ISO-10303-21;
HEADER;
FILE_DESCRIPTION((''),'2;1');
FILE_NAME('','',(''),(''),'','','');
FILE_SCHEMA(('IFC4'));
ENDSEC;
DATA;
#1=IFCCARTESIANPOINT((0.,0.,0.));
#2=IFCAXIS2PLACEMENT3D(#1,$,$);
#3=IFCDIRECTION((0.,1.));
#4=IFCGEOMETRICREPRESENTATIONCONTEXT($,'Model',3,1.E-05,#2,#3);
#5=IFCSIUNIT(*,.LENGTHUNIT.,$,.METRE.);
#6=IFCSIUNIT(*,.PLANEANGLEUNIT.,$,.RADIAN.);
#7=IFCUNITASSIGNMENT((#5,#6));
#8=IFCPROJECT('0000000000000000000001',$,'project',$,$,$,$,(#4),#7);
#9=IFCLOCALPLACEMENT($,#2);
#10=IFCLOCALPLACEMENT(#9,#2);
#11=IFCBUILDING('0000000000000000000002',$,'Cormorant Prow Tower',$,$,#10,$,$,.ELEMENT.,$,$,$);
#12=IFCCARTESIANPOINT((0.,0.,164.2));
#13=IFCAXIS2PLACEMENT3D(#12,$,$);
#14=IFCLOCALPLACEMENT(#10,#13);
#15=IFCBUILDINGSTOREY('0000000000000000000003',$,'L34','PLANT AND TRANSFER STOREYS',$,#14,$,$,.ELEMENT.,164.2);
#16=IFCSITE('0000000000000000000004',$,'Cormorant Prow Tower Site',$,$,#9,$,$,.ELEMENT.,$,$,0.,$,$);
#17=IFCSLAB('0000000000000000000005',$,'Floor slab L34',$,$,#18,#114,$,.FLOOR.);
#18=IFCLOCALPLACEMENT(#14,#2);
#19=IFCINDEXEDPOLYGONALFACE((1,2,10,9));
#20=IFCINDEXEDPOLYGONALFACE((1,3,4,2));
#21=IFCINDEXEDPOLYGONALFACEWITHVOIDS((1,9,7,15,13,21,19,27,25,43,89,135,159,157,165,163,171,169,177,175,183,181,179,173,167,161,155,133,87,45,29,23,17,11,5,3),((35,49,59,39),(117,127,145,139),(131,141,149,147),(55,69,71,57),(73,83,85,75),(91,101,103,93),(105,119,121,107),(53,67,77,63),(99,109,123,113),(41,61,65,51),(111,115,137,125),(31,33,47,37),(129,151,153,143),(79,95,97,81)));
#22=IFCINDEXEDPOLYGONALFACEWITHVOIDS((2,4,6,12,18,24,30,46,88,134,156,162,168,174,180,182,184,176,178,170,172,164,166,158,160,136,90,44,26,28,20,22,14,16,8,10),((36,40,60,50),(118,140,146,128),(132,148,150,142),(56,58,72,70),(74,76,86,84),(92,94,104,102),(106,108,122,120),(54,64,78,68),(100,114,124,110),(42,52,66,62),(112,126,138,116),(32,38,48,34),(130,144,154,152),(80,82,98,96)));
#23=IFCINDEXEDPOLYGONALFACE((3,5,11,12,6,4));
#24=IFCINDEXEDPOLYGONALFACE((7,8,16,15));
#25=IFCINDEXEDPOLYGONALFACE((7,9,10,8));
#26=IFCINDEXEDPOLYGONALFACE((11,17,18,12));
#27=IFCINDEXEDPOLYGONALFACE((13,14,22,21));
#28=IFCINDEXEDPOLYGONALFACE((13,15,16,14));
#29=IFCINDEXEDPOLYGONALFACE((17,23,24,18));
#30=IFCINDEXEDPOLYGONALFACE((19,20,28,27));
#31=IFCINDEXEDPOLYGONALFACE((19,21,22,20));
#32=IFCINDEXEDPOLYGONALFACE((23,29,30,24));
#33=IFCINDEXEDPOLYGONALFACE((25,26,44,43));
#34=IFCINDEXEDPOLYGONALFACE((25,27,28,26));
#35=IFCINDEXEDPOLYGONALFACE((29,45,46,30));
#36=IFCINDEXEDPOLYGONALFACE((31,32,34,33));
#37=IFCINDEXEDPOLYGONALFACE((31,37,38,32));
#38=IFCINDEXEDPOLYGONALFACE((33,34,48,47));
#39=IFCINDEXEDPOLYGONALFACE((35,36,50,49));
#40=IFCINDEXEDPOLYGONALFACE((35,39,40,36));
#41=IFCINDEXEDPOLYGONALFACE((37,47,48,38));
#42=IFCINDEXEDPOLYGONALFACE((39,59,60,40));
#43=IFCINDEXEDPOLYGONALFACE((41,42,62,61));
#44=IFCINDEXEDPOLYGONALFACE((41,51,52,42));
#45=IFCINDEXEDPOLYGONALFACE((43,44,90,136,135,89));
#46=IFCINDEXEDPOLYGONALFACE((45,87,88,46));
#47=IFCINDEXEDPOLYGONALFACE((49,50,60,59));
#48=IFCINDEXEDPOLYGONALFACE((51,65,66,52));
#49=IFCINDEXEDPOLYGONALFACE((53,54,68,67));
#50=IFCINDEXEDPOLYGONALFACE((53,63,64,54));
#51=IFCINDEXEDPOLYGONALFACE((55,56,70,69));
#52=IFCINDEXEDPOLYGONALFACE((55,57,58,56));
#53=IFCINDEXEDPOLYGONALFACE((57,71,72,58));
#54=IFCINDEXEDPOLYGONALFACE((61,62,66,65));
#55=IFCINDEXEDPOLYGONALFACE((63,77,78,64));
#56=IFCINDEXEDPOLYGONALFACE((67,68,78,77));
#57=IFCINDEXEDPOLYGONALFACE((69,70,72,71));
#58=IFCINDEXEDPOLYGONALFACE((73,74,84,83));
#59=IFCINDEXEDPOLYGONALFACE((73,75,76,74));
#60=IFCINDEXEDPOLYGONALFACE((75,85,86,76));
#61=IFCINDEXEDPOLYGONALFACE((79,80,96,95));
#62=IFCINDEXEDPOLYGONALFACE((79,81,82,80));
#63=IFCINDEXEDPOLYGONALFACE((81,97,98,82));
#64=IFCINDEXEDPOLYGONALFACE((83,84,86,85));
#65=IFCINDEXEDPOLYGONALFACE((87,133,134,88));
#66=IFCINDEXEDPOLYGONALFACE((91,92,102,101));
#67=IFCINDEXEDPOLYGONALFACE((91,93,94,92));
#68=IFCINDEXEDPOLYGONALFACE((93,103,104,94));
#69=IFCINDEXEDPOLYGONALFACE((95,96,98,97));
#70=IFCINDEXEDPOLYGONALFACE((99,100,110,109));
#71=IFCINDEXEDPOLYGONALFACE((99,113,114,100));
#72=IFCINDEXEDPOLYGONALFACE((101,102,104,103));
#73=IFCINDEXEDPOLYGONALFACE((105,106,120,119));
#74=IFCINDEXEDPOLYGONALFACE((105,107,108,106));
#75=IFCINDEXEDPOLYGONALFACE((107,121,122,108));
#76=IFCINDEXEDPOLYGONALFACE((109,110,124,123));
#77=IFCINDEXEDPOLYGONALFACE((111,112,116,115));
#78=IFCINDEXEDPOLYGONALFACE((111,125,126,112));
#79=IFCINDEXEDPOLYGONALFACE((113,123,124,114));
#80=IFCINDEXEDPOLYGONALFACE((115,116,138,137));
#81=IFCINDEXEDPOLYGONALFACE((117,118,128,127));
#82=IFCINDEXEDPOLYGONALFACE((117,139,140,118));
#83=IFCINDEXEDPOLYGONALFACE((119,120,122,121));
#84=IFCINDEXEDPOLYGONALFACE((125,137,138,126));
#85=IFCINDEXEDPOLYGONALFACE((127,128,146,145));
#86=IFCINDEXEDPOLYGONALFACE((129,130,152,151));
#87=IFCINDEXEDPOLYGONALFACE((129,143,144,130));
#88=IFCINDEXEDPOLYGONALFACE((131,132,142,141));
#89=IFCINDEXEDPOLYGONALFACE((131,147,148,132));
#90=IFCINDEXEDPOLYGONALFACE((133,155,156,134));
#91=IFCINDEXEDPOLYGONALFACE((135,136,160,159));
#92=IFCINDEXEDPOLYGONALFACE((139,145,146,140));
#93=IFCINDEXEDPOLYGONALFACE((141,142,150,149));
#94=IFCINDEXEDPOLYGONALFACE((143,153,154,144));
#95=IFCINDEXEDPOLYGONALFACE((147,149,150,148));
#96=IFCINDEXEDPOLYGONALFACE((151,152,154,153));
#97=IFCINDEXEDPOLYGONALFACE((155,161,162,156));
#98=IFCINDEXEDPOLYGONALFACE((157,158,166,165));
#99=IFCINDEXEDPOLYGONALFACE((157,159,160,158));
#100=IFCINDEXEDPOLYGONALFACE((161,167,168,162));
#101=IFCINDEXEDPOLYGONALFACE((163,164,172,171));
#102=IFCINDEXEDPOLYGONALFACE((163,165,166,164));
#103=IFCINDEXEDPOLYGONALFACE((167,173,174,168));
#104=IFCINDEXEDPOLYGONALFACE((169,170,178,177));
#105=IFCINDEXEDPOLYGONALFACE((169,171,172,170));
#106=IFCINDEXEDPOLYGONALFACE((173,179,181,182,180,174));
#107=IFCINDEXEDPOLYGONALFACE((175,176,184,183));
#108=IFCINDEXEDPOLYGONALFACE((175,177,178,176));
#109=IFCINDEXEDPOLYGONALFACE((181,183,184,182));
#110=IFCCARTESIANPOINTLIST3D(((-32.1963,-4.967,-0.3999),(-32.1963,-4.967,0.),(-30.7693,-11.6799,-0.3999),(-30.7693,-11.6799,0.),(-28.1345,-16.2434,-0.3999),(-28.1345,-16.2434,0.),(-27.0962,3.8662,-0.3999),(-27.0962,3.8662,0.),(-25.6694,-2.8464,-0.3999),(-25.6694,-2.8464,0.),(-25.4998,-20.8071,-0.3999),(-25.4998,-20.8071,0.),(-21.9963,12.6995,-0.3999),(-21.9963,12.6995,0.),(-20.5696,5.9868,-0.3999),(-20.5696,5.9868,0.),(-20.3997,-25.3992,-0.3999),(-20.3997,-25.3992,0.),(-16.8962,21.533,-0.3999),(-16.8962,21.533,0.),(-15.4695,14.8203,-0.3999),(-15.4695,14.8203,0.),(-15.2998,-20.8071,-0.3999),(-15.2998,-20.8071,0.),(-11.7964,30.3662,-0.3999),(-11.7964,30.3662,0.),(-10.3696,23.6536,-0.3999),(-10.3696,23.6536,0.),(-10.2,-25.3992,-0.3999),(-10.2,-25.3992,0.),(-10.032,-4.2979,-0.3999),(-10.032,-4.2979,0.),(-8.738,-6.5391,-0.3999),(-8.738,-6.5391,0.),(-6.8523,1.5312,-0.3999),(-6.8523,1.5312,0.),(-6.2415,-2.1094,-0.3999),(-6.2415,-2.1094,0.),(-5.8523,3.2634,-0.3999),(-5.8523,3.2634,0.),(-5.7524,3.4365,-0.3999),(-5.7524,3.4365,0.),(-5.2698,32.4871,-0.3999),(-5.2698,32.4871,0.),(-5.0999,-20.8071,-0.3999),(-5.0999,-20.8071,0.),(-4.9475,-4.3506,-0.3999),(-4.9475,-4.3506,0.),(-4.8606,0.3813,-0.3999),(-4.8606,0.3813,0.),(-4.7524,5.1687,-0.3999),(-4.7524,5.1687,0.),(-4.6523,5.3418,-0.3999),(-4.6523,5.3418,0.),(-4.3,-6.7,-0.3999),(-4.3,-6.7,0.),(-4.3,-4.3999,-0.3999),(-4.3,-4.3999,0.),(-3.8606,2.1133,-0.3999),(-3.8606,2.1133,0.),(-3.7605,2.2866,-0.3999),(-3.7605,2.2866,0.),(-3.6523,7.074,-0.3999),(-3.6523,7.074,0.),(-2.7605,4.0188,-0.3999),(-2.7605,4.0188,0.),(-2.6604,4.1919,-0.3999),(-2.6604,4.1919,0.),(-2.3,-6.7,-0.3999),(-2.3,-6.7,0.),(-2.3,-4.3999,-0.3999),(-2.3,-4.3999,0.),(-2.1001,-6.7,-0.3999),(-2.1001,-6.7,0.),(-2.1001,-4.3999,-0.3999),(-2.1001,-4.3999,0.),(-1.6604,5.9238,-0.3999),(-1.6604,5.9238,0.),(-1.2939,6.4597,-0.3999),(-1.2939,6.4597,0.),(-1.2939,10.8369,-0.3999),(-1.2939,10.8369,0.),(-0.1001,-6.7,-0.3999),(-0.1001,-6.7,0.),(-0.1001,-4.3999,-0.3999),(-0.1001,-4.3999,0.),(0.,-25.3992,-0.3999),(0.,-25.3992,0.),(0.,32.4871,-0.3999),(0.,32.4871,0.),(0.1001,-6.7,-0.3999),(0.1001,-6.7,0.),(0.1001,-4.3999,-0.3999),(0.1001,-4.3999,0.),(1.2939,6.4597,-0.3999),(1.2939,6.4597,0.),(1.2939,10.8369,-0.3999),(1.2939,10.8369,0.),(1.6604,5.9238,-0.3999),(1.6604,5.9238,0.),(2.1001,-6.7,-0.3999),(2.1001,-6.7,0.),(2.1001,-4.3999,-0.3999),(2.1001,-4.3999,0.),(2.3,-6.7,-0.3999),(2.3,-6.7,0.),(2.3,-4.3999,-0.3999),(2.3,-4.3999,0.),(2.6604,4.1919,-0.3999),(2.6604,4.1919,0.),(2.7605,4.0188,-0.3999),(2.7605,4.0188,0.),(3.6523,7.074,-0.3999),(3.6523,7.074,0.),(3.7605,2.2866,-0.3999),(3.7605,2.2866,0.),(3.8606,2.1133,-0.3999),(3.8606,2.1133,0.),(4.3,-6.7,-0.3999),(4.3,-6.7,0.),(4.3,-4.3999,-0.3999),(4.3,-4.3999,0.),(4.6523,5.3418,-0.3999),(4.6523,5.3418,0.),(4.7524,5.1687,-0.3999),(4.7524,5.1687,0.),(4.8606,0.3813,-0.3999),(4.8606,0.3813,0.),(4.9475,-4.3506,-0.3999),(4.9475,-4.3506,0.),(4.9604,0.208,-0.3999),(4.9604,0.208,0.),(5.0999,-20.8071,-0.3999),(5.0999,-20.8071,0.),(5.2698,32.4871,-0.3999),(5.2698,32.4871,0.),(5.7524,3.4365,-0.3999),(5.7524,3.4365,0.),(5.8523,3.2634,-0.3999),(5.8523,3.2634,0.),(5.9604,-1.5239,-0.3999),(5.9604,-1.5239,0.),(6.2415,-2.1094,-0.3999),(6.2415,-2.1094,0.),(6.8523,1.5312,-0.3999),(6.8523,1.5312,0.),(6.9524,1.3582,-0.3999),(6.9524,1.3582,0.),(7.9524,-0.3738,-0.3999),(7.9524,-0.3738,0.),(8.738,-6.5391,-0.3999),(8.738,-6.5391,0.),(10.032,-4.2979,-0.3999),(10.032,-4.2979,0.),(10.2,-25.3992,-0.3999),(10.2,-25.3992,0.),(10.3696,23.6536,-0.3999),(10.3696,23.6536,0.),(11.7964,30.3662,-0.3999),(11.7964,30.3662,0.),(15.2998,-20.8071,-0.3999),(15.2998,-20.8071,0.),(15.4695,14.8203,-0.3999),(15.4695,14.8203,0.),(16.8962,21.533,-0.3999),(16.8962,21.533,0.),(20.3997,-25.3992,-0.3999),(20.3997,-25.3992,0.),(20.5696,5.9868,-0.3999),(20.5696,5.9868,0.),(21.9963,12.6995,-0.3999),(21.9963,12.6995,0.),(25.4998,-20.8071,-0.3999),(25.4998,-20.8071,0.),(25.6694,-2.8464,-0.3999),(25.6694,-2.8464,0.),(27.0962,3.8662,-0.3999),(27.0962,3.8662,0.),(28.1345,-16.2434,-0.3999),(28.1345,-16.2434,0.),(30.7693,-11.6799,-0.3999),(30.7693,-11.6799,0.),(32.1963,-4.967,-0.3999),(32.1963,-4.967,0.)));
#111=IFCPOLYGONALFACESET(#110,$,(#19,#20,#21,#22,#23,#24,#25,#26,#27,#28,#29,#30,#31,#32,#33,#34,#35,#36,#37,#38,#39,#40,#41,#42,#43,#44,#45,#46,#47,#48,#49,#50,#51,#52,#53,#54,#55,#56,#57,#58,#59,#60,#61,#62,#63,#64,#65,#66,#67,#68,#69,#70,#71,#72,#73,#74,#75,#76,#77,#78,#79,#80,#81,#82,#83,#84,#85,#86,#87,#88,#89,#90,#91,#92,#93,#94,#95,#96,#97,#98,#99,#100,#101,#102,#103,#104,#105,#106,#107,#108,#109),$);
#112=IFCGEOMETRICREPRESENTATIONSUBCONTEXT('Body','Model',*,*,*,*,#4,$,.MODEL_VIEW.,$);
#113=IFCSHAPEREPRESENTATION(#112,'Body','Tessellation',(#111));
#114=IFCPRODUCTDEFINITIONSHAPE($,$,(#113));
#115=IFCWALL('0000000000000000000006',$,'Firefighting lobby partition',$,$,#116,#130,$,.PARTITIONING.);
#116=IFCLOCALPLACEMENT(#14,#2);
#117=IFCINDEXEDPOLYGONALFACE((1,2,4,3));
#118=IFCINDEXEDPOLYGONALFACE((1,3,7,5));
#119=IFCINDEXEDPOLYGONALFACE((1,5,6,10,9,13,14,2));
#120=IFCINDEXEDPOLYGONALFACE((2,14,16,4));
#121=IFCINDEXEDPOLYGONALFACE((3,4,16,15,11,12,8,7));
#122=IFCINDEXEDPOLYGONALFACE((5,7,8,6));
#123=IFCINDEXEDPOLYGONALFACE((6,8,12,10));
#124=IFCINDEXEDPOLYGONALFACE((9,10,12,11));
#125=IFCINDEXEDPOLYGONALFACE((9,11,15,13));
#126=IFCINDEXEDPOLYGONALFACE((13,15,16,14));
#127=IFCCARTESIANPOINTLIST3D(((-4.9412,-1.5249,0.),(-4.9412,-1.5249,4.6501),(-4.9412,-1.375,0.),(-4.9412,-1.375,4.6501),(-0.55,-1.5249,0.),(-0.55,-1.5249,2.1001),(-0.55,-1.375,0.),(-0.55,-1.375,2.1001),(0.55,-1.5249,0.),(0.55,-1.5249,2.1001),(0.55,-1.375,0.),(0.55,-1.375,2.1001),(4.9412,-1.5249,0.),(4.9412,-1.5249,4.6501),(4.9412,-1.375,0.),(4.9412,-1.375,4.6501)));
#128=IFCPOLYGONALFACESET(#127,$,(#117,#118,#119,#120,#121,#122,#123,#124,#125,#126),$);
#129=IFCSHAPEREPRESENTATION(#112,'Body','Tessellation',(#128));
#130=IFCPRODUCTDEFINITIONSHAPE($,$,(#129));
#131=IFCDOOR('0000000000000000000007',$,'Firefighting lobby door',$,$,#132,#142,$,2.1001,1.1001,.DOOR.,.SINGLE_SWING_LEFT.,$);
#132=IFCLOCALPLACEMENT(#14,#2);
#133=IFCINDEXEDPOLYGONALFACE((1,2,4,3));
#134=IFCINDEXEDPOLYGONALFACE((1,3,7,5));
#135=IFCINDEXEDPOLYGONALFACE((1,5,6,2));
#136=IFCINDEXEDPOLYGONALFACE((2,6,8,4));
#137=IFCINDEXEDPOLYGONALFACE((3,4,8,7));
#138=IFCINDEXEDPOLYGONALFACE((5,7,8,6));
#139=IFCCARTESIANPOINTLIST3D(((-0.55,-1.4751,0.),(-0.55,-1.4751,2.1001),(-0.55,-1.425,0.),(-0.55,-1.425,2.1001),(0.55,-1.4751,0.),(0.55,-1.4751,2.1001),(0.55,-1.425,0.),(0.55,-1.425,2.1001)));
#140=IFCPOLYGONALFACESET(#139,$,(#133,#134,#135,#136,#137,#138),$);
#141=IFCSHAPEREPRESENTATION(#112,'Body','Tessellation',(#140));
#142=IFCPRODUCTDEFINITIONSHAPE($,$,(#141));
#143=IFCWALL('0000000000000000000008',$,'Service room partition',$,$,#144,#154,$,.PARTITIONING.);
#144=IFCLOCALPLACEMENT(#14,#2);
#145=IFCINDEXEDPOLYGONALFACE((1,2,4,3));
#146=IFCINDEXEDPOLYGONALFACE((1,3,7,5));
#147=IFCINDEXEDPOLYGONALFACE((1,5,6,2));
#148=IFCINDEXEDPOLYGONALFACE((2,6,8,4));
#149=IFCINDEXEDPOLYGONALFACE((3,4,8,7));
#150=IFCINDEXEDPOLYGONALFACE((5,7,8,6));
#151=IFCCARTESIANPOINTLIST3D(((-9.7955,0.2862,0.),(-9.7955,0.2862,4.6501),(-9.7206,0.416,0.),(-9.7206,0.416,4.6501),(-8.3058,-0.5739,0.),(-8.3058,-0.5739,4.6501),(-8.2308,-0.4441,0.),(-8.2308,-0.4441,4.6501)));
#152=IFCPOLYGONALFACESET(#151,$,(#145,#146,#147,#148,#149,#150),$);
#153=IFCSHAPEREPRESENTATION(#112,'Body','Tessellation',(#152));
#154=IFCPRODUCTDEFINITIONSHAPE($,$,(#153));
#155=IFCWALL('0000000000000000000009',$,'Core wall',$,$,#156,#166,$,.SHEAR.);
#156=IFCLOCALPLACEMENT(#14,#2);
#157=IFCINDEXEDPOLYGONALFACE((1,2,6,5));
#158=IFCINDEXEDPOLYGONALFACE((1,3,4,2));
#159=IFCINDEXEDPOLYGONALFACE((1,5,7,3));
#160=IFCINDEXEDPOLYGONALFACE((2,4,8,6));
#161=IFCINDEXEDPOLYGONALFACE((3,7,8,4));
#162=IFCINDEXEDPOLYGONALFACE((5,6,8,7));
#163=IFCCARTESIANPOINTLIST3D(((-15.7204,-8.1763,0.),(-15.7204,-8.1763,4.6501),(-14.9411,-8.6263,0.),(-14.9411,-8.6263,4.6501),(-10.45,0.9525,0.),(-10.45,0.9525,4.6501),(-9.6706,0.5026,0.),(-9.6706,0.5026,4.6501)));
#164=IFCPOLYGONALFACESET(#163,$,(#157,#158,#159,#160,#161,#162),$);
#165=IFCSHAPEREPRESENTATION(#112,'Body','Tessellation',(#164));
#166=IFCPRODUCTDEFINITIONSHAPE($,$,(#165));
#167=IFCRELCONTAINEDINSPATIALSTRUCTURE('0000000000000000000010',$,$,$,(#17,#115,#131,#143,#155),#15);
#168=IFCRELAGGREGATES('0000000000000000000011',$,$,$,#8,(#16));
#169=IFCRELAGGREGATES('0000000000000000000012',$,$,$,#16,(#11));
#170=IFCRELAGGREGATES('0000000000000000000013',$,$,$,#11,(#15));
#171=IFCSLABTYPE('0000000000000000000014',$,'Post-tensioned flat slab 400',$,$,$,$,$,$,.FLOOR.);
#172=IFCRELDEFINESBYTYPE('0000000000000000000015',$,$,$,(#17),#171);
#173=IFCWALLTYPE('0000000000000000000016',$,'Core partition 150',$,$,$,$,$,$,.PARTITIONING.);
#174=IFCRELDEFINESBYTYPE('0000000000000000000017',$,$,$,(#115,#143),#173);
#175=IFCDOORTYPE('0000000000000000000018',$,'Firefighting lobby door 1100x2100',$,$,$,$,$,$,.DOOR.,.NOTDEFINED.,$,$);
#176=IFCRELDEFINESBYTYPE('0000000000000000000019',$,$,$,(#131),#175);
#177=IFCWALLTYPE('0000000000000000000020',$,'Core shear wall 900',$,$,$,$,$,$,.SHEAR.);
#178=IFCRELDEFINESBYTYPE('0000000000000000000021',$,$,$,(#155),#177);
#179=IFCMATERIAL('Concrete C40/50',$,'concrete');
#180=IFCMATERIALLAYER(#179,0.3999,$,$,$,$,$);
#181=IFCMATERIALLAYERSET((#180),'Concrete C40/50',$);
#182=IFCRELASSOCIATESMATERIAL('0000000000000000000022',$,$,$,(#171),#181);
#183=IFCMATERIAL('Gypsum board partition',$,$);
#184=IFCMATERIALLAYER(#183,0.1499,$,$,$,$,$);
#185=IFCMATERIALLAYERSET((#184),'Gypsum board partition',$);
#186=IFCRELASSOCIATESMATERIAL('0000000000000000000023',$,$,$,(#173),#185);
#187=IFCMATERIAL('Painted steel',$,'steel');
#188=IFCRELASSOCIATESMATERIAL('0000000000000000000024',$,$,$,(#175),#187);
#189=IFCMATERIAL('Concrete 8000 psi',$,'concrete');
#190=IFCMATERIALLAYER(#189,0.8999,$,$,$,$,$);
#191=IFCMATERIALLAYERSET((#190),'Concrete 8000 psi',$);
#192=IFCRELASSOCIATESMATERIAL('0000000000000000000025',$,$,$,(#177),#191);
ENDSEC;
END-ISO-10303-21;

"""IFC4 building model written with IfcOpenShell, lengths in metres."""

from ifc_helpers import new_model, si_unit, direction, frame, frame_2d, origin, place, context, subcontext, project, spatial, polyline, rectangle, outline, extrude, material, layer, layer_set, type_object, element, fill, save


model = new_model("IFC4")

# Units and contexts
model_context = context("Model", 3, precision=1e-05, world=origin(), true_north=direction((0.0, 1.0)))
body_context = subcontext(model_context, "Body", "Model", "MODEL_VIEW")
ifc_project = project(units=[si_unit("LENGTHUNIT", "METRE"), si_unit("PLANEANGLEUNIT", "RADIAN")], contexts=[model_context])

# Site, building, storey
site_placement = place(None, origin())
site = spatial("IfcSite", under=ifc_project, at=site_placement, Name="Cormorant Prow Tower Site", CompositionType="ELEMENT", RefElevation=0.0)
building_placement = place(site_placement, origin())
building = spatial("IfcBuilding", under=site, at=building_placement, Name="Cormorant Prow Tower", CompositionType="ELEMENT")
storey_placement = place(building_placement, frame((0.0, 0.0, 164.2)))
storey = spatial("IfcBuildingStorey", under=building, at=storey_placement, Name="L34", Description="PLANT AND TRANSFER STOREYS", CompositionType="ELEMENT", Elevation=164.2)

# Slab
ifc_material_1 = material(Name="Concrete C40/50", Category="concrete")
ifc_layer_1 = layer(ifc_material_1, 0.3999)
ifc_layer_set_1 = layer_set([ifc_layer_1], Name="Concrete C40/50")
slab_type = type_object("IfcSlabType", Name="Post-tensioned flat slab 400", PredefinedType="FLOOR", material=ifc_layer_set_1)
slab_placement = place(storey_placement, frame((0.0, 0.0, -0.3999)))
element("IfcSlab", 1, at=slab_placement, inside=storey, type_object=slab_type, Name="Floor slab L34", PredefinedType="FLOOR", context=body_context, shape_type="SweptSolid", body=[
    extrude(outline(polyline([(5.2698, 32.4871), (0.0, 32.4871), (-5.2698, 32.4871), (-11.7964, 30.3662), (-10.3696, 23.6536), (-16.8962, 21.533), (-15.4695, 14.8203), (-21.9963, 12.6995), (-20.5696, 5.9868), (-27.0962, 3.8662), (-25.6694, -2.8464), (-32.1963, -4.967), (-30.7693, -11.6799), (-28.1345, -16.2434), (-25.4998, -20.8071), (-20.3997, -25.3992), (-15.2998, -20.8071), (-10.2, -25.3992), (-5.0999, -20.8071), (0.0, -25.3992), (5.0999, -20.8071), (10.2, -25.3992), (15.2998, -20.8071), (20.3997, -25.3992), (25.4998, -20.8071), (28.1345, -16.2434), (30.7693, -11.6799), (32.1963, -4.967), (25.6694, -2.8464), (27.0962, 3.8662), (20.5696, 5.9868), (21.9963, 12.6995), (15.4695, 14.8203), (16.8962, 21.533), (10.3696, 23.6536), (11.7964, 30.3662), (5.2698, 32.4871)]), holes=[polyline([(-4.3, -4.3999), (-2.3, -4.3999), (-2.3, -6.7), (-4.3, -6.7), (-4.3, -4.3999)]), polyline([(-0.1001, -4.3999), (-0.1001, -6.7), (-2.1001, -6.7), (-2.1001, -4.3999), (-0.1001, -4.3999)]), polyline([(2.1001, -6.7), (0.1001, -6.7), (0.1001, -4.3999), (2.1001, -4.3999), (2.1001, -6.7)]), polyline([(2.3, -6.7), (2.3, -4.3999), (4.3, -4.3999), (4.3, -6.7), (2.3, -6.7)]), polyline([(5.9604, -1.5239), (4.9604, 0.208), (6.9524, 1.3582), (7.9524, -0.3738), (5.9604, -1.5239)]), polyline([(3.8606, 2.1133), (5.8523, 3.2634), (6.8523, 1.5312), (4.8606, 0.3813), (3.8606, 2.1133)]), polyline([(4.7524, 5.1687), (5.7524, 3.4365), (3.7605, 2.2866), (2.7605, 4.0188), (4.7524, 5.1687)]), polyline([(4.6523, 5.3418), (2.6604, 4.1919), (1.6604, 5.9238), (3.6523, 7.074), (4.6523, 5.3418)]), polyline([(-1.6604, 5.9238), (-2.6604, 4.1919), (-4.6523, 5.3418), (-3.6523, 7.074), (-1.6604, 5.9238)]), polyline([(-3.7605, 2.2866), (-5.7524, 3.4365), (-4.7524, 5.1687), (-2.7605, 4.0188), (-3.7605, 2.2866)]), polyline([(-6.8523, 1.5312), (-5.8523, 3.2634), (-3.8606, 2.1133), (-4.8606, 0.3813), (-6.8523, 1.5312)]), polyline([(-4.9475, -4.3506), (-8.738, -6.5391), (-10.032, -4.2979), (-6.2415, -2.1094), (-4.9475, -4.3506)]), polyline([(10.032, -4.2979), (8.738, -6.5391), (4.9475, -4.3506), (6.2415, -2.1094), (10.032, -4.2979)]), polyline([(1.2939, 10.8369), (1.2939, 6.4597), (-1.2939, 6.4597), (-1.2939, 10.8369), (1.2939, 10.8369)])]), origin(), (0.0, 0.0, 1.0), 0.3999),
])

# Wall, opening, door
ifc_material_2 = material(Name="Gypsum board partition")
ifc_layer_2 = layer(ifc_material_2, 0.1499)
ifc_layer_set_2 = layer_set([ifc_layer_2], Name="Gypsum board partition")
wall_type_1 = type_object("IfcWallType", Name="Core partition 150", PredefinedType="PARTITIONING", material=ifc_layer_set_2)
wall_1_placement = place(storey_placement, frame((-4.9412, -1.45, 0.0), z_axis=(0.0, 0.0, 1.0), x_axis=(1.0, 0.0, 0.0)))
wall_1 = element("IfcWall", 2, at=wall_1_placement, inside=storey, type_object=wall_type_1, Name="Firefighting lobby partition", PredefinedType="PARTITIONING", context=body_context, shape_type="SweptSolid", body=[
    extrude(rectangle(XDim=9.8823, YDim=0.1499, at=frame_2d((4.9412, 0.0))), origin(), (0.0, 0.0, 1.0), 4.6501),
])
opening_1_placement = place(wall_1_placement, frame((4.3911, 0.0, 0.0)))
opening_1 = element("IfcOpeningElement", 3, at=opening_1_placement, cuts=wall_1, PredefinedType="OPENING", context=body_context, shape_type="SweptSolid", body=[
    extrude(rectangle(XDim=1.1001, YDim=2.1001, at=frame_2d((0.55, 1.05))), frame((0.0, 0.085, 0.0), z_axis=(0.0, -1.0, 0.0), x_axis=(1.0, 0.0, 0.0)), (0.0, 0.0, 1.0), 0.1699),
])
ifc_material_3 = material(Name="Painted steel", Category="steel")
door_type_1 = type_object("IfcDoorType", Name="Firefighting lobby door 1100x2100", OperationType="NOTDEFINED", PredefinedType="DOOR", material=ifc_material_3)
door_1_placement = place(opening_1_placement, origin())
door_1 = element("IfcDoor", 4, at=door_1_placement, inside=storey, type_object=door_type_1, Name="Firefighting lobby door", OperationType="SINGLE_SWING_LEFT", OverallHeight=2.1001, OverallWidth=1.1001, PredefinedType="DOOR", context=body_context, shape_type="SweptSolid", body=[
    extrude(rectangle(XDim=1.1001, YDim=2.1001, at=frame_2d((0.55, 1.05))), frame((0.0, 0.0249, 0.0), z_axis=(0.0, -1.0, 0.0), x_axis=(1.0, 0.0, 0.0)), (0.0, 0.0, 1.0), 0.05),
])
fill(opening_1, door_1)

# Walls
wall_2_placement = place(storey_placement, frame((-8.2683, -0.509, 0.0), z_axis=(0.0, 0.0, 1.0), x_axis=(-0.866025, 0.500001, 0.0)))
element("IfcWall", 5, at=wall_2_placement, inside=storey, type_object=wall_type_1, Name="Service room partition", PredefinedType="PARTITIONING", context=body_context, shape_type="SweptSolid", body=[
    extrude(rectangle(XDim=1.7202, YDim=0.1499, at=frame_2d((0.8601, 0.0))), origin(), (0.0, 0.0, 1.0), 4.6501),
])
ifc_material_4 = material(Name="Concrete 8000 psi", Category="concrete")
ifc_layer_3 = layer(ifc_material_4, 0.8999)
ifc_layer_set_3 = layer_set([ifc_layer_3], Name="Concrete 8000 psi")
wall_type_2 = type_object("IfcWallType", Name="Core shear wall 900", PredefinedType="SHEAR", material=ifc_layer_set_3)
wall_3_placement = place(storey_placement, frame((-10.0603, 0.7275, 0.0), z_axis=(0.0, 0.0, 1.0), x_axis=(-0.499995, -0.866028, 0.0)))
element("IfcWall", 6, at=wall_3_placement, inside=storey, type_object=wall_type_2, Name="Core wall", PredefinedType="SHEAR", context=body_context, shape_type="SweptSolid", body=[
    extrude(rectangle(XDim=10.541, YDim=0.8999, at=frame_2d((5.2705, 0.0))), origin(), (0.0, 0.0, 1.0), 4.6501),
])

save(model, "model.ifc")
